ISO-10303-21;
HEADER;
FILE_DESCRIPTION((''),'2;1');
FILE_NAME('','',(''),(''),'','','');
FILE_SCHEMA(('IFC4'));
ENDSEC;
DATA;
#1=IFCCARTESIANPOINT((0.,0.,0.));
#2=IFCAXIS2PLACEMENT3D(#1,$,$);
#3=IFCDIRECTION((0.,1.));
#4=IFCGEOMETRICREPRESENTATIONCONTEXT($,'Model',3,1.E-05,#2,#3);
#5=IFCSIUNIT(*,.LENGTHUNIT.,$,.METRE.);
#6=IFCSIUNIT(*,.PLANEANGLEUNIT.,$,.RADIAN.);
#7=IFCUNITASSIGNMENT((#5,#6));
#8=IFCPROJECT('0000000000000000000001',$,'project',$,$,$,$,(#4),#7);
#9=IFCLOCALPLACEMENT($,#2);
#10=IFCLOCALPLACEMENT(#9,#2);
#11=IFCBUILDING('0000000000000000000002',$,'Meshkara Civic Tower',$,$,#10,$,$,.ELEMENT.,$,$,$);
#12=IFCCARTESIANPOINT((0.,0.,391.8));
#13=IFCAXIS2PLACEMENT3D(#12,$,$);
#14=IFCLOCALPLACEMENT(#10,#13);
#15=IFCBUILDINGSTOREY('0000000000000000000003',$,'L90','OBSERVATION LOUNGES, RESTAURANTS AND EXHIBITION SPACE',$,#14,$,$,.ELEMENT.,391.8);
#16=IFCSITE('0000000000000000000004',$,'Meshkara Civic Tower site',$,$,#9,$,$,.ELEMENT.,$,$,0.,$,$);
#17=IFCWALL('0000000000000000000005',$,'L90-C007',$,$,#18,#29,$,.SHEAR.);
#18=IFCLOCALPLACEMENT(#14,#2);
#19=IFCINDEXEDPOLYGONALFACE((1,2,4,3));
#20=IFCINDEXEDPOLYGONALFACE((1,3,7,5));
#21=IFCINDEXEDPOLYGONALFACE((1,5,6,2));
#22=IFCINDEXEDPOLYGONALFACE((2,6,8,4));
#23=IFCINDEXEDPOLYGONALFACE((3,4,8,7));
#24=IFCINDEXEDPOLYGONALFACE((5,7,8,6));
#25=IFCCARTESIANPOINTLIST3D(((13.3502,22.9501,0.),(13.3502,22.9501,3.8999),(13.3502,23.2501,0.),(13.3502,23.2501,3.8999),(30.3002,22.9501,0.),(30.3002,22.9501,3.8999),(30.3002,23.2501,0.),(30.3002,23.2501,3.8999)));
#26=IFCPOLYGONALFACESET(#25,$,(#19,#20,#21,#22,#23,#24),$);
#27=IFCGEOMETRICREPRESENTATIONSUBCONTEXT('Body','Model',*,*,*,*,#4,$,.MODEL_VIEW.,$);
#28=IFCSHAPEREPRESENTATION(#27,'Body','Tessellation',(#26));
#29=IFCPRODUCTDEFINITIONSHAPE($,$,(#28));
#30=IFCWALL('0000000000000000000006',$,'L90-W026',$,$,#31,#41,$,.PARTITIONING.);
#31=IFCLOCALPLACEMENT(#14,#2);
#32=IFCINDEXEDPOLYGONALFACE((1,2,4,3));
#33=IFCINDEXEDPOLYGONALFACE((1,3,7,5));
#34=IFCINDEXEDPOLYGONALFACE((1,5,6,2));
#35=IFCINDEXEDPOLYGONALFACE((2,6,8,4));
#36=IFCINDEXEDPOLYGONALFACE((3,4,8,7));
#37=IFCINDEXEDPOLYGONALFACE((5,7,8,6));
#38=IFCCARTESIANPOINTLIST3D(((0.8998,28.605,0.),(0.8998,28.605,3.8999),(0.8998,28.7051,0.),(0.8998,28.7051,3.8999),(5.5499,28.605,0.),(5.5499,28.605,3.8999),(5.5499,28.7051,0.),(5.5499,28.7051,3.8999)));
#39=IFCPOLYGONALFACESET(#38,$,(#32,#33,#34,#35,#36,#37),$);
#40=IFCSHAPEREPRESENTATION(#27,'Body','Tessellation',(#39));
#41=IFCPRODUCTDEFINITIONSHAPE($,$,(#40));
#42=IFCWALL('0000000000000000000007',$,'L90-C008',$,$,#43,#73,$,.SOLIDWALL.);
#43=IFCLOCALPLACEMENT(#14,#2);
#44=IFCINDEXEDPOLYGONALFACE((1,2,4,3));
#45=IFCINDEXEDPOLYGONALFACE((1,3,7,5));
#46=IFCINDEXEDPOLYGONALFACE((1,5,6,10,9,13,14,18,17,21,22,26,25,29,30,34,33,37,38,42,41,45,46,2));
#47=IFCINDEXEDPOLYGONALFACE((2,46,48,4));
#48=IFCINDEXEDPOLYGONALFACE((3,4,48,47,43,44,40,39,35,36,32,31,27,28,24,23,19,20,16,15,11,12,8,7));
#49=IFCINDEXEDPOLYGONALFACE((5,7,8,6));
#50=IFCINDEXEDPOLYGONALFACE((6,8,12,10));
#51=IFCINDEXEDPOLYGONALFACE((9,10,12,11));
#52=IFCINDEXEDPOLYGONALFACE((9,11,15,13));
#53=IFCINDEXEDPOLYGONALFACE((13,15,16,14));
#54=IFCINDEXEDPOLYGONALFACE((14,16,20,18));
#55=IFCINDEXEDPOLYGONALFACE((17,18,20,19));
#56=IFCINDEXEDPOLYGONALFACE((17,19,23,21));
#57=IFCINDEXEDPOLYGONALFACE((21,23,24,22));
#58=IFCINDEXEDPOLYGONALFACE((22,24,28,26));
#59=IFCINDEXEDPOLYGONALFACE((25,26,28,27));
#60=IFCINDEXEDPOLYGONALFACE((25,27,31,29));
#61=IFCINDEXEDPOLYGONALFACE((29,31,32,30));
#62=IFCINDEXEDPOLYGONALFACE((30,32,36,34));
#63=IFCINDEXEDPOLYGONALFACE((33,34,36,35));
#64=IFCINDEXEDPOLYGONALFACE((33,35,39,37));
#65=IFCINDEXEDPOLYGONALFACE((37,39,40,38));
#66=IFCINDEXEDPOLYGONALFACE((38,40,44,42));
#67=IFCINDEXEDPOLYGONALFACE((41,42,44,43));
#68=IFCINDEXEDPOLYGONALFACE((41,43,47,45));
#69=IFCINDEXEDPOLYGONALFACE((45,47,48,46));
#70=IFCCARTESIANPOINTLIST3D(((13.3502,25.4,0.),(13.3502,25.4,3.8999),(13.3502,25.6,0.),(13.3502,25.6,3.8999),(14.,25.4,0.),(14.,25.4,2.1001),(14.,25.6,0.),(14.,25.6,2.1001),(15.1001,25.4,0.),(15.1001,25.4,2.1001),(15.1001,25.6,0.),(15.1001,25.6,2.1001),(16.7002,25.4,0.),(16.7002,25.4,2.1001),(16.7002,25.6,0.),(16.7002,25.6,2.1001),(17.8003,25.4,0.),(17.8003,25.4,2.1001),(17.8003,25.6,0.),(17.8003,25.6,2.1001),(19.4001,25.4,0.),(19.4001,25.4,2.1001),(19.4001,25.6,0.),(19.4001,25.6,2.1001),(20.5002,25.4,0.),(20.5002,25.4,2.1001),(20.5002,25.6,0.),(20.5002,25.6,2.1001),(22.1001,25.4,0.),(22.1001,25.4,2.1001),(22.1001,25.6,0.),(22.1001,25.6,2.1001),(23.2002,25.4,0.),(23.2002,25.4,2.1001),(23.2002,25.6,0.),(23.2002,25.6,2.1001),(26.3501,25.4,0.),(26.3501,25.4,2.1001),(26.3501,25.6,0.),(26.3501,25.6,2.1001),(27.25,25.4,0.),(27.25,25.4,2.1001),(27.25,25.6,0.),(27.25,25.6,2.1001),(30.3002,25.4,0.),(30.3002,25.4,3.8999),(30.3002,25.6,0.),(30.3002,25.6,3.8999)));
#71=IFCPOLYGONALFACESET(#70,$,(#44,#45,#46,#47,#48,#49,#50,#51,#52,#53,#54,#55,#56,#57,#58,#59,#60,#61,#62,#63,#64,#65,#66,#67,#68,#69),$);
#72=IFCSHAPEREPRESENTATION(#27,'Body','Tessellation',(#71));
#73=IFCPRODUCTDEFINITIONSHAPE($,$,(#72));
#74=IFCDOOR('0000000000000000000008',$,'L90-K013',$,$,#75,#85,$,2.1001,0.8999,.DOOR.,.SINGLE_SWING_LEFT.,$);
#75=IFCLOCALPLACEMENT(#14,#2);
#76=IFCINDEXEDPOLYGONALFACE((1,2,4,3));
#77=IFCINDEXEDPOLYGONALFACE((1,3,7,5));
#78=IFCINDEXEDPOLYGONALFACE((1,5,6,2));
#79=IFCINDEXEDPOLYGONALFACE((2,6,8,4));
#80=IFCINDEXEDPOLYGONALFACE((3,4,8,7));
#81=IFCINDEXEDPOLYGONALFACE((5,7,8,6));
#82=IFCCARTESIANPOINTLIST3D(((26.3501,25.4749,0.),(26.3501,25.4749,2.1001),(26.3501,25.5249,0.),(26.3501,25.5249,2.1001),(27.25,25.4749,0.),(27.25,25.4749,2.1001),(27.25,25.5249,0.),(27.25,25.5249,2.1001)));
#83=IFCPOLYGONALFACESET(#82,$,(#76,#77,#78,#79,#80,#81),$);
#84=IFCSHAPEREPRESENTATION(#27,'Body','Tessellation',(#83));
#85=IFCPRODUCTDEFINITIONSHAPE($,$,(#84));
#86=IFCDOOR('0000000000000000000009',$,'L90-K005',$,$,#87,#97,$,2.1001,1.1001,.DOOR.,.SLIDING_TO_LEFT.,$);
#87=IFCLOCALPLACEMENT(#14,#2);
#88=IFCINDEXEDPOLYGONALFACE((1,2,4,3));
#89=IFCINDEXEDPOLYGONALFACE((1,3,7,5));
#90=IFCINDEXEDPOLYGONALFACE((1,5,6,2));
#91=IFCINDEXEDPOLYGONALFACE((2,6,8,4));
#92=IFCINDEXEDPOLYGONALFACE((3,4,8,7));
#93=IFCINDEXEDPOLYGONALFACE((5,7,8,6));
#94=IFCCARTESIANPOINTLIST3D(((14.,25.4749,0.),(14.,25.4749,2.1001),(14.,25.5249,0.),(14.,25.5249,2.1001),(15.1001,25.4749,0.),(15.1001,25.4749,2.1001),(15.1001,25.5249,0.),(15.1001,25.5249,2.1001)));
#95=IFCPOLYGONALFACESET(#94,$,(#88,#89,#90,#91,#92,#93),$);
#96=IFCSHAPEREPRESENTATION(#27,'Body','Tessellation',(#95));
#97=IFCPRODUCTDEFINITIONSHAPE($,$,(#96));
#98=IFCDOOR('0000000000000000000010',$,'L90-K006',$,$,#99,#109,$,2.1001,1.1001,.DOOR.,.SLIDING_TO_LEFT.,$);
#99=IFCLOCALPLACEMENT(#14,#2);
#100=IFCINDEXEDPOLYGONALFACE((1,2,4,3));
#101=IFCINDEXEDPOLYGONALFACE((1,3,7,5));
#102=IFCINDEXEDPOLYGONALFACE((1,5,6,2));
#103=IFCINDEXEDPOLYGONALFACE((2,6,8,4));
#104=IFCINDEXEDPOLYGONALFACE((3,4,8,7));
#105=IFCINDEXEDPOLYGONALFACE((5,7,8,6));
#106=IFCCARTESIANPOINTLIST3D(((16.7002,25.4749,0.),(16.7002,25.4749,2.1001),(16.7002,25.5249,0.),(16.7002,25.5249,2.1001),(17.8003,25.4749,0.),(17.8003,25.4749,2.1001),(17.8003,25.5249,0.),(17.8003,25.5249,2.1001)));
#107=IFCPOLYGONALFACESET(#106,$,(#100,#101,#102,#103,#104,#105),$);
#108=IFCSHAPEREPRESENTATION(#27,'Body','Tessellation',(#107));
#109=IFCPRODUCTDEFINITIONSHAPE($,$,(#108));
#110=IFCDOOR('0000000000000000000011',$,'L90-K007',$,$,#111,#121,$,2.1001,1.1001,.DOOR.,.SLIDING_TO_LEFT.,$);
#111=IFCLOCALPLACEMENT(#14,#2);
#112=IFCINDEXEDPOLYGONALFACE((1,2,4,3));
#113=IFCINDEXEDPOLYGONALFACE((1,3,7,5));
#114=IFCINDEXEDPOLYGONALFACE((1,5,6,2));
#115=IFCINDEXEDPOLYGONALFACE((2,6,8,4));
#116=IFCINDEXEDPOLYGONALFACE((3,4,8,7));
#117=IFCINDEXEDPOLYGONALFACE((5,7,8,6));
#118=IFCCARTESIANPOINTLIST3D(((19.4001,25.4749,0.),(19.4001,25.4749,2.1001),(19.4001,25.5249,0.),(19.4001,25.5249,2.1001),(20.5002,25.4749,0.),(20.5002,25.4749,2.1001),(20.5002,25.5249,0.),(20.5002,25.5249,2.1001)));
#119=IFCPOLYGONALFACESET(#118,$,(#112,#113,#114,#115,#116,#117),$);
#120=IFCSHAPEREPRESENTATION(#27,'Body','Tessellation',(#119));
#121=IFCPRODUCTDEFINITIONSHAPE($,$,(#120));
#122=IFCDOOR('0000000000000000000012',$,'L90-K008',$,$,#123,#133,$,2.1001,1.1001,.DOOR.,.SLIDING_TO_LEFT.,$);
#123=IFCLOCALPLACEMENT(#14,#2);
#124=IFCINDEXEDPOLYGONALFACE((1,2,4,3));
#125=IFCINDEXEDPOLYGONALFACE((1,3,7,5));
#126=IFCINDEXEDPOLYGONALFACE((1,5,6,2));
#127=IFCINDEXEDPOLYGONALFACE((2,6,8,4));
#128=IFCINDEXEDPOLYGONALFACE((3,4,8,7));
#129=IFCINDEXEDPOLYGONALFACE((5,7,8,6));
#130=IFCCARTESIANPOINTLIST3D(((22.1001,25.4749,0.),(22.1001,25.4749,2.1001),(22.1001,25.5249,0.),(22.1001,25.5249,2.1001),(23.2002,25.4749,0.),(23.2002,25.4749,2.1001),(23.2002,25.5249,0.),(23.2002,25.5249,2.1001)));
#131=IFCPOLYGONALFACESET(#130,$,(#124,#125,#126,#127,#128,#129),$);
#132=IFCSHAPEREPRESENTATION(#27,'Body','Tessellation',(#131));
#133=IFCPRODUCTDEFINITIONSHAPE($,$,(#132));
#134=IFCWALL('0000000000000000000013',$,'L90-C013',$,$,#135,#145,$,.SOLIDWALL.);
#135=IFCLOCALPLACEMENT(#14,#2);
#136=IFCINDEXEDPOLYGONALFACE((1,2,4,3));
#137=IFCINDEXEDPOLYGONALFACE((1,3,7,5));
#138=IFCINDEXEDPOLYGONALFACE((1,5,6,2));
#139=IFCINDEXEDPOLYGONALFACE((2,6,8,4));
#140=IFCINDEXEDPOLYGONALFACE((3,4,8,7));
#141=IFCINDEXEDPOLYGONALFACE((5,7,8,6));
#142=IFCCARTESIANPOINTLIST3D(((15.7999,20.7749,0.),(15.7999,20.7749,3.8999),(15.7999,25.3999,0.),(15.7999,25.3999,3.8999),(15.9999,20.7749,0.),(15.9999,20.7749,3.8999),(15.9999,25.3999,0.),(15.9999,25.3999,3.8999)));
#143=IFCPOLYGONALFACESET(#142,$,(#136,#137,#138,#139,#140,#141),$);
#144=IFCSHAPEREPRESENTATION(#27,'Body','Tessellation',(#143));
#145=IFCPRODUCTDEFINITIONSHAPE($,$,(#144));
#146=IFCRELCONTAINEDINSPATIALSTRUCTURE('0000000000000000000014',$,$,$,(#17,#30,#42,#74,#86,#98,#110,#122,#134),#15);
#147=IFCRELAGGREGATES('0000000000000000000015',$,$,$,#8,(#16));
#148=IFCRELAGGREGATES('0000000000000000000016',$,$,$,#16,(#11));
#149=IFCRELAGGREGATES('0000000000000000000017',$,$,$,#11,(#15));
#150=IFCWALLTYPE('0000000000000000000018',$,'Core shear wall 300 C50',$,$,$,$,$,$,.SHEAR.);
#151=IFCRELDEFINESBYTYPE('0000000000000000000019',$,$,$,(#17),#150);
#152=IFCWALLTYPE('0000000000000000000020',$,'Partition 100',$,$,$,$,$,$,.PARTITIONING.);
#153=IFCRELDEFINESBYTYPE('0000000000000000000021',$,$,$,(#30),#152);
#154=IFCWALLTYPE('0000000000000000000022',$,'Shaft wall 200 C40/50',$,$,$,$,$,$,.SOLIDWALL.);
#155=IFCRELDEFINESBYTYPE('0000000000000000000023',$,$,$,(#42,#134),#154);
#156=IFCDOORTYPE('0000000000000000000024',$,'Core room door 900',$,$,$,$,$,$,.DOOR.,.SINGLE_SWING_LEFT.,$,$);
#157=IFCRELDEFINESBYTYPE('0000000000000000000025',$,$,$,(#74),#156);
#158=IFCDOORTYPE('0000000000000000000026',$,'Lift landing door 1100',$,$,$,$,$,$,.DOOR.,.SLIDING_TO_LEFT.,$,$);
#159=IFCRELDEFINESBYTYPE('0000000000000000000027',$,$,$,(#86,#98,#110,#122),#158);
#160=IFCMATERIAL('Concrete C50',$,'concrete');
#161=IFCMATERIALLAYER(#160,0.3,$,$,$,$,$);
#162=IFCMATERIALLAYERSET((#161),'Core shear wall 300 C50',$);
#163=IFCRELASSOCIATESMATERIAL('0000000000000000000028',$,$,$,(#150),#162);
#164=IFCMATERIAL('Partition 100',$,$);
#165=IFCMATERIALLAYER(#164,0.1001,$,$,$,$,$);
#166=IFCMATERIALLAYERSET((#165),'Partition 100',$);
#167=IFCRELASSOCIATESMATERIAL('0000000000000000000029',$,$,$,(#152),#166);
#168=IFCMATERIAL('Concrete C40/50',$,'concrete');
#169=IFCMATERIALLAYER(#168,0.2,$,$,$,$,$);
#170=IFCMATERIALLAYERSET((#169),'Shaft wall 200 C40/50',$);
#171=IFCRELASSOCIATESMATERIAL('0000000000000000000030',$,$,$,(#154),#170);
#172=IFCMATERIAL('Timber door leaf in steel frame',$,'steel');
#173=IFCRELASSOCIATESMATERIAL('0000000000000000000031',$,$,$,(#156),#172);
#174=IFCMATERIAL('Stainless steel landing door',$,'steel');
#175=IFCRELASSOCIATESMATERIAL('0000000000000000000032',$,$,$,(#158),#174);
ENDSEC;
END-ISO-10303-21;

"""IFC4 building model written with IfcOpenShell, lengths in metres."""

from ifc_helpers import new_model, si_unit, direction, frame, frame_2d, origin, place, context, subcontext, project, spatial, rectangle, extrude, material, layer, layer_set, type_object, element, fill, save


model = new_model("IFC4")

# Units and contexts
model_context = context("Model", 3, precision=1e-05, world=origin(), true_north=direction((0.0, 1.0)))
body_context = subcontext(model_context, "Body", "Model", "MODEL_VIEW")
ifc_project = project(units=[si_unit("LENGTHUNIT", "METRE"), si_unit("PLANEANGLEUNIT", "RADIAN")], contexts=[model_context])

# Site, building, storey
site_placement = place(None, origin())
site = spatial("IfcSite", under=ifc_project, at=site_placement, Name="Meshkara Civic Tower site", CompositionType="ELEMENT", RefElevation=0.0)
building_placement = place(site_placement, origin())
building = spatial("IfcBuilding", under=site, at=building_placement, Name="Meshkara Civic Tower", CompositionType="ELEMENT")
storey_placement = place(building_placement, frame((0.0, 0.0, 391.8)))
storey = spatial("IfcBuildingStorey", under=building, at=storey_placement, Name="L90", Description="OBSERVATION LOUNGES, RESTAURANTS AND EXHIBITION SPACE", CompositionType="ELEMENT", Elevation=391.8)

# Walls
ifc_material_1 = material(Name="Concrete C50", Category="concrete")
ifc_layer_1 = layer(ifc_material_1, 0.3)
ifc_layer_set_1 = layer_set([ifc_layer_1], Name="Core shear wall 300 C50")
wall_type_1 = type_object("IfcWallType", Name="Core shear wall 300 C50", PredefinedType="SHEAR", material=ifc_layer_set_1)
wall_1_placement = place(storey_placement, frame((13.3501, 23.1001, 0.0), z_axis=(0.0, 0.0, 1.0), x_axis=(1.0, 0.0, 0.0)))
element("IfcWall", 1, at=wall_1_placement, inside=storey, type_object=wall_type_1, Name="L90-C007", PredefinedType="SHEAR", context=body_context, shape_type="SweptSolid", body=[
    extrude(rectangle(XDim=16.95, YDim=0.3, at=frame_2d((8.4751, 0.0))), origin(), (0.0, 0.0, 1.0), 3.8999),
])
ifc_material_2 = material(Name="Partition 100")
ifc_layer_2 = layer(ifc_material_2, 0.1001)
ifc_layer_set_2 = layer_set([ifc_layer_2], Name="Partition 100")
wall_type_2 = type_object("IfcWallType", Name="Partition 100", PredefinedType="PARTITIONING", material=ifc_layer_set_2)
wall_2_placement = place(storey_placement, frame((5.55, 28.655, 0.0), z_axis=(0.0, 0.0, 1.0), x_axis=(-1.0, 0.0, 0.0)))
element("IfcWall", 2, at=wall_2_placement, inside=storey, type_object=wall_type_2, Name="L90-W026", PredefinedType="PARTITIONING", context=body_context, shape_type="SweptSolid", body=[
    extrude(rectangle(XDim=4.6501, YDim=0.1001, at=frame_2d((2.3252, 0.0))), origin(), (0.0, 0.0, 1.0), 3.8999),
])

# Wall, openings, doors
ifc_material_3 = material(Name="Concrete C40/50", Category="concrete")
ifc_layer_3 = layer(ifc_material_3, 0.2)
ifc_layer_set_3 = layer_set([ifc_layer_3], Name="Shaft wall 200 C40/50")
wall_type_3 = type_object("IfcWallType", Name="Shaft wall 200 C40/50", PredefinedType="SOLIDWALL", material=ifc_layer_set_3)
wall_3_placement = place(storey_placement, frame((13.3501, 25.5, 0.0), z_axis=(0.0, 0.0, 1.0), x_axis=(1.0, 0.0, 0.0)))
wall_3 = element("IfcWall", 3, at=wall_3_placement, inside=storey, type_object=wall_type_3, Name="L90-C008", PredefinedType="SOLIDWALL", context=body_context, shape_type="SweptSolid", body=[
    extrude(rectangle(XDim=16.95, YDim=0.2, at=frame_2d((8.4751, 0.0))), origin(), (0.0, 0.0, 1.0), 3.8999),
])
opening_1_placement = place(wall_3_placement, frame((0.6499, 0.0, 0.0)))
opening_1 = element("IfcOpeningElement", 4, at=opening_1_placement, cuts=wall_3, PredefinedType="OPENING", context=body_context, shape_type="SweptSolid", body=[
    extrude(rectangle(XDim=1.1001, YDim=2.1001, at=frame_2d((0.55, 1.05))), frame((0.0, 0.1099, 0.0), z_axis=(0.0, -1.0, 0.0), x_axis=(1.0, 0.0, 0.0)), (0.0, 0.0, 1.0), 0.22),
])
opening_2_placement = place(wall_3_placement, frame((3.3501, 0.0, 0.0)))
opening_2 = element("IfcOpeningElement", 5, at=opening_2_placement, cuts=wall_3, PredefinedType="OPENING", context=body_context, shape_type="SweptSolid", body=[
    extrude(rectangle(XDim=1.1001, YDim=2.1001, at=frame_2d((0.55, 1.05))), frame((0.0, 0.1099, 0.0), z_axis=(0.0, -1.0, 0.0), x_axis=(1.0, 0.0, 0.0)), (0.0, 0.0, 1.0), 0.22),
])
opening_3_placement = place(wall_3_placement, frame((6.05, 0.0, 0.0)))
opening_3 = element("IfcOpeningElement", 6, at=opening_3_placement, cuts=wall_3, PredefinedType="OPENING", context=body_context, shape_type="SweptSolid", body=[
    extrude(rectangle(XDim=1.1001, YDim=2.1001, at=frame_2d((0.55, 1.05))), frame((0.0, 0.1099, 0.0), z_axis=(0.0, -1.0, 0.0), x_axis=(1.0, 0.0, 0.0)), (0.0, 0.0, 1.0), 0.22),
])
opening_4_placement = place(wall_3_placement, frame((8.75, 0.0, 0.0)))
opening_4 = element("IfcOpeningElement", 7, at=opening_4_placement, cuts=wall_3, PredefinedType="OPENING", context=body_context, shape_type="SweptSolid", body=[
    extrude(rectangle(XDim=1.1001, YDim=2.1001, at=frame_2d((0.55, 1.05))), frame((0.0, 0.1099, 0.0), z_axis=(0.0, -1.0, 0.0), x_axis=(1.0, 0.0, 0.0)), (0.0, 0.0, 1.0), 0.22),
])
opening_5_placement = place(wall_3_placement, frame((13.0, 0.0, 0.0)))
opening_5 = element("IfcOpeningElement", 8, at=opening_5_placement, cuts=wall_3, PredefinedType="OPENING", context=body_context, shape_type="SweptSolid", body=[
    extrude(rectangle(XDim=0.8999, YDim=2.1001, at=frame_2d((0.45, 1.05))), frame((0.0, 0.1099, 0.0), z_axis=(0.0, -1.0, 0.0), x_axis=(1.0, 0.0, 0.0)), (0.0, 0.0, 1.0), 0.22),
])
ifc_material_4 = material(Name="Timber door leaf in steel frame", Category="steel")
door_type_1 = type_object("IfcDoorType", Name="Core room door 900", OperationType="SINGLE_SWING_LEFT", PredefinedType="DOOR", material=ifc_material_4)
door_1_placement = place(opening_5_placement, origin())
door_1 = element("IfcDoor", 9, at=door_1_placement, inside=storey, type_object=door_type_1, Name="L90-K013", OperationType="SINGLE_SWING_LEFT", OverallHeight=2.1001, OverallWidth=0.8999, PredefinedType="DOOR", context=body_context, shape_type="SweptSolid", body=[
    extrude(rectangle(XDim=0.8999, YDim=2.1001, at=frame_2d((0.45, 1.05))), frame((0.0, 0.0249, 0.0), z_axis=(0.0, -1.0, 0.0), x_axis=(1.0, 0.0, 0.0)), (0.0, 0.0, 1.0), 0.05),
])
fill(opening_5, door_1)
ifc_material_5 = material(Name="Stainless steel landing door", Category="steel")
door_type_2 = type_object("IfcDoorType", Name="Lift landing door 1100", OperationType="SLIDING_TO_LEFT", PredefinedType="DOOR", material=ifc_material_5)
door_2_placement = place(opening_1_placement, origin())
door_2 = element("IfcDoor", 10, at=door_2_placement, inside=storey, type_object=door_type_2, Name="L90-K005", OperationType="SLIDING_TO_LEFT", OverallHeight=2.1001, OverallWidth=1.1001, PredefinedType="DOOR", context=body_context, shape_type="SweptSolid", body=[
    extrude(rectangle(XDim=1.1001, YDim=2.1001, at=frame_2d((0.55, 1.05))), frame((0.0, 0.0249, 0.0), z_axis=(0.0, -1.0, 0.0), x_axis=(1.0, 0.0, 0.0)), (0.0, 0.0, 1.0), 0.05),
])
fill(opening_1, door_2)
door_3_placement = place(opening_2_placement, origin())
door_3 = element("IfcDoor", 11, at=door_3_placement, inside=storey, type_object=door_type_2, Name="L90-K006", OperationType="SLIDING_TO_LEFT", OverallHeight=2.1001, OverallWidth=1.1001, PredefinedType="DOOR", context=body_context, shape_type="SweptSolid", body=[
    extrude(rectangle(XDim=1.1001, YDim=2.1001, at=frame_2d((0.55, 1.05))), frame((0.0, 0.0249, 0.0), z_axis=(0.0, -1.0, 0.0), x_axis=(1.0, 0.0, 0.0)), (0.0, 0.0, 1.0), 0.05),
])
fill(opening_2, door_3)
door_4_placement = place(opening_3_placement, origin())
door_4 = element("IfcDoor", 12, at=door_4_placement, inside=storey, type_object=door_type_2, Name="L90-K007", OperationType="SLIDING_TO_LEFT", OverallHeight=2.1001, OverallWidth=1.1001, PredefinedType="DOOR", context=body_context, shape_type="SweptSolid", body=[
    extrude(rectangle(XDim=1.1001, YDim=2.1001, at=frame_2d((0.55, 1.05))), frame((0.0, 0.0249, 0.0), z_axis=(0.0, -1.0, 0.0), x_axis=(1.0, 0.0, 0.0)), (0.0, 0.0, 1.0), 0.05),
])
fill(opening_3, door_4)
door_5_placement = place(opening_4_placement, origin())
door_5 = element("IfcDoor", 13, at=door_5_placement, inside=storey, type_object=door_type_2, Name="L90-K008", OperationType="SLIDING_TO_LEFT", OverallHeight=2.1001, OverallWidth=1.1001, PredefinedType="DOOR", context=body_context, shape_type="SweptSolid", body=[
    extrude(rectangle(XDim=1.1001, YDim=2.1001, at=frame_2d((0.55, 1.05))), frame((0.0, 0.0249, 0.0), z_axis=(0.0, -1.0, 0.0), x_axis=(1.0, 0.0, 0.0)), (0.0, 0.0, 1.0), 0.05),
])
fill(opening_4, door_5)

# Wall
wall_4_placement = place(storey_placement, frame((15.8999, 20.7749, 0.0), z_axis=(0.0, 0.0, 1.0), x_axis=(0.0, 1.0, 0.0)))
element("IfcWall", 14, at=wall_4_placement, inside=storey, type_object=wall_type_3, Name="L90-C013", PredefinedType="SOLIDWALL", context=body_context, shape_type="SweptSolid", body=[
    extrude(rectangle(XDim=4.625, YDim=0.2, at=frame_2d((2.3125, 0.0))), origin(), (0.0, 0.0, 1.0), 3.8999),
])

save(model, "model.ifc")
